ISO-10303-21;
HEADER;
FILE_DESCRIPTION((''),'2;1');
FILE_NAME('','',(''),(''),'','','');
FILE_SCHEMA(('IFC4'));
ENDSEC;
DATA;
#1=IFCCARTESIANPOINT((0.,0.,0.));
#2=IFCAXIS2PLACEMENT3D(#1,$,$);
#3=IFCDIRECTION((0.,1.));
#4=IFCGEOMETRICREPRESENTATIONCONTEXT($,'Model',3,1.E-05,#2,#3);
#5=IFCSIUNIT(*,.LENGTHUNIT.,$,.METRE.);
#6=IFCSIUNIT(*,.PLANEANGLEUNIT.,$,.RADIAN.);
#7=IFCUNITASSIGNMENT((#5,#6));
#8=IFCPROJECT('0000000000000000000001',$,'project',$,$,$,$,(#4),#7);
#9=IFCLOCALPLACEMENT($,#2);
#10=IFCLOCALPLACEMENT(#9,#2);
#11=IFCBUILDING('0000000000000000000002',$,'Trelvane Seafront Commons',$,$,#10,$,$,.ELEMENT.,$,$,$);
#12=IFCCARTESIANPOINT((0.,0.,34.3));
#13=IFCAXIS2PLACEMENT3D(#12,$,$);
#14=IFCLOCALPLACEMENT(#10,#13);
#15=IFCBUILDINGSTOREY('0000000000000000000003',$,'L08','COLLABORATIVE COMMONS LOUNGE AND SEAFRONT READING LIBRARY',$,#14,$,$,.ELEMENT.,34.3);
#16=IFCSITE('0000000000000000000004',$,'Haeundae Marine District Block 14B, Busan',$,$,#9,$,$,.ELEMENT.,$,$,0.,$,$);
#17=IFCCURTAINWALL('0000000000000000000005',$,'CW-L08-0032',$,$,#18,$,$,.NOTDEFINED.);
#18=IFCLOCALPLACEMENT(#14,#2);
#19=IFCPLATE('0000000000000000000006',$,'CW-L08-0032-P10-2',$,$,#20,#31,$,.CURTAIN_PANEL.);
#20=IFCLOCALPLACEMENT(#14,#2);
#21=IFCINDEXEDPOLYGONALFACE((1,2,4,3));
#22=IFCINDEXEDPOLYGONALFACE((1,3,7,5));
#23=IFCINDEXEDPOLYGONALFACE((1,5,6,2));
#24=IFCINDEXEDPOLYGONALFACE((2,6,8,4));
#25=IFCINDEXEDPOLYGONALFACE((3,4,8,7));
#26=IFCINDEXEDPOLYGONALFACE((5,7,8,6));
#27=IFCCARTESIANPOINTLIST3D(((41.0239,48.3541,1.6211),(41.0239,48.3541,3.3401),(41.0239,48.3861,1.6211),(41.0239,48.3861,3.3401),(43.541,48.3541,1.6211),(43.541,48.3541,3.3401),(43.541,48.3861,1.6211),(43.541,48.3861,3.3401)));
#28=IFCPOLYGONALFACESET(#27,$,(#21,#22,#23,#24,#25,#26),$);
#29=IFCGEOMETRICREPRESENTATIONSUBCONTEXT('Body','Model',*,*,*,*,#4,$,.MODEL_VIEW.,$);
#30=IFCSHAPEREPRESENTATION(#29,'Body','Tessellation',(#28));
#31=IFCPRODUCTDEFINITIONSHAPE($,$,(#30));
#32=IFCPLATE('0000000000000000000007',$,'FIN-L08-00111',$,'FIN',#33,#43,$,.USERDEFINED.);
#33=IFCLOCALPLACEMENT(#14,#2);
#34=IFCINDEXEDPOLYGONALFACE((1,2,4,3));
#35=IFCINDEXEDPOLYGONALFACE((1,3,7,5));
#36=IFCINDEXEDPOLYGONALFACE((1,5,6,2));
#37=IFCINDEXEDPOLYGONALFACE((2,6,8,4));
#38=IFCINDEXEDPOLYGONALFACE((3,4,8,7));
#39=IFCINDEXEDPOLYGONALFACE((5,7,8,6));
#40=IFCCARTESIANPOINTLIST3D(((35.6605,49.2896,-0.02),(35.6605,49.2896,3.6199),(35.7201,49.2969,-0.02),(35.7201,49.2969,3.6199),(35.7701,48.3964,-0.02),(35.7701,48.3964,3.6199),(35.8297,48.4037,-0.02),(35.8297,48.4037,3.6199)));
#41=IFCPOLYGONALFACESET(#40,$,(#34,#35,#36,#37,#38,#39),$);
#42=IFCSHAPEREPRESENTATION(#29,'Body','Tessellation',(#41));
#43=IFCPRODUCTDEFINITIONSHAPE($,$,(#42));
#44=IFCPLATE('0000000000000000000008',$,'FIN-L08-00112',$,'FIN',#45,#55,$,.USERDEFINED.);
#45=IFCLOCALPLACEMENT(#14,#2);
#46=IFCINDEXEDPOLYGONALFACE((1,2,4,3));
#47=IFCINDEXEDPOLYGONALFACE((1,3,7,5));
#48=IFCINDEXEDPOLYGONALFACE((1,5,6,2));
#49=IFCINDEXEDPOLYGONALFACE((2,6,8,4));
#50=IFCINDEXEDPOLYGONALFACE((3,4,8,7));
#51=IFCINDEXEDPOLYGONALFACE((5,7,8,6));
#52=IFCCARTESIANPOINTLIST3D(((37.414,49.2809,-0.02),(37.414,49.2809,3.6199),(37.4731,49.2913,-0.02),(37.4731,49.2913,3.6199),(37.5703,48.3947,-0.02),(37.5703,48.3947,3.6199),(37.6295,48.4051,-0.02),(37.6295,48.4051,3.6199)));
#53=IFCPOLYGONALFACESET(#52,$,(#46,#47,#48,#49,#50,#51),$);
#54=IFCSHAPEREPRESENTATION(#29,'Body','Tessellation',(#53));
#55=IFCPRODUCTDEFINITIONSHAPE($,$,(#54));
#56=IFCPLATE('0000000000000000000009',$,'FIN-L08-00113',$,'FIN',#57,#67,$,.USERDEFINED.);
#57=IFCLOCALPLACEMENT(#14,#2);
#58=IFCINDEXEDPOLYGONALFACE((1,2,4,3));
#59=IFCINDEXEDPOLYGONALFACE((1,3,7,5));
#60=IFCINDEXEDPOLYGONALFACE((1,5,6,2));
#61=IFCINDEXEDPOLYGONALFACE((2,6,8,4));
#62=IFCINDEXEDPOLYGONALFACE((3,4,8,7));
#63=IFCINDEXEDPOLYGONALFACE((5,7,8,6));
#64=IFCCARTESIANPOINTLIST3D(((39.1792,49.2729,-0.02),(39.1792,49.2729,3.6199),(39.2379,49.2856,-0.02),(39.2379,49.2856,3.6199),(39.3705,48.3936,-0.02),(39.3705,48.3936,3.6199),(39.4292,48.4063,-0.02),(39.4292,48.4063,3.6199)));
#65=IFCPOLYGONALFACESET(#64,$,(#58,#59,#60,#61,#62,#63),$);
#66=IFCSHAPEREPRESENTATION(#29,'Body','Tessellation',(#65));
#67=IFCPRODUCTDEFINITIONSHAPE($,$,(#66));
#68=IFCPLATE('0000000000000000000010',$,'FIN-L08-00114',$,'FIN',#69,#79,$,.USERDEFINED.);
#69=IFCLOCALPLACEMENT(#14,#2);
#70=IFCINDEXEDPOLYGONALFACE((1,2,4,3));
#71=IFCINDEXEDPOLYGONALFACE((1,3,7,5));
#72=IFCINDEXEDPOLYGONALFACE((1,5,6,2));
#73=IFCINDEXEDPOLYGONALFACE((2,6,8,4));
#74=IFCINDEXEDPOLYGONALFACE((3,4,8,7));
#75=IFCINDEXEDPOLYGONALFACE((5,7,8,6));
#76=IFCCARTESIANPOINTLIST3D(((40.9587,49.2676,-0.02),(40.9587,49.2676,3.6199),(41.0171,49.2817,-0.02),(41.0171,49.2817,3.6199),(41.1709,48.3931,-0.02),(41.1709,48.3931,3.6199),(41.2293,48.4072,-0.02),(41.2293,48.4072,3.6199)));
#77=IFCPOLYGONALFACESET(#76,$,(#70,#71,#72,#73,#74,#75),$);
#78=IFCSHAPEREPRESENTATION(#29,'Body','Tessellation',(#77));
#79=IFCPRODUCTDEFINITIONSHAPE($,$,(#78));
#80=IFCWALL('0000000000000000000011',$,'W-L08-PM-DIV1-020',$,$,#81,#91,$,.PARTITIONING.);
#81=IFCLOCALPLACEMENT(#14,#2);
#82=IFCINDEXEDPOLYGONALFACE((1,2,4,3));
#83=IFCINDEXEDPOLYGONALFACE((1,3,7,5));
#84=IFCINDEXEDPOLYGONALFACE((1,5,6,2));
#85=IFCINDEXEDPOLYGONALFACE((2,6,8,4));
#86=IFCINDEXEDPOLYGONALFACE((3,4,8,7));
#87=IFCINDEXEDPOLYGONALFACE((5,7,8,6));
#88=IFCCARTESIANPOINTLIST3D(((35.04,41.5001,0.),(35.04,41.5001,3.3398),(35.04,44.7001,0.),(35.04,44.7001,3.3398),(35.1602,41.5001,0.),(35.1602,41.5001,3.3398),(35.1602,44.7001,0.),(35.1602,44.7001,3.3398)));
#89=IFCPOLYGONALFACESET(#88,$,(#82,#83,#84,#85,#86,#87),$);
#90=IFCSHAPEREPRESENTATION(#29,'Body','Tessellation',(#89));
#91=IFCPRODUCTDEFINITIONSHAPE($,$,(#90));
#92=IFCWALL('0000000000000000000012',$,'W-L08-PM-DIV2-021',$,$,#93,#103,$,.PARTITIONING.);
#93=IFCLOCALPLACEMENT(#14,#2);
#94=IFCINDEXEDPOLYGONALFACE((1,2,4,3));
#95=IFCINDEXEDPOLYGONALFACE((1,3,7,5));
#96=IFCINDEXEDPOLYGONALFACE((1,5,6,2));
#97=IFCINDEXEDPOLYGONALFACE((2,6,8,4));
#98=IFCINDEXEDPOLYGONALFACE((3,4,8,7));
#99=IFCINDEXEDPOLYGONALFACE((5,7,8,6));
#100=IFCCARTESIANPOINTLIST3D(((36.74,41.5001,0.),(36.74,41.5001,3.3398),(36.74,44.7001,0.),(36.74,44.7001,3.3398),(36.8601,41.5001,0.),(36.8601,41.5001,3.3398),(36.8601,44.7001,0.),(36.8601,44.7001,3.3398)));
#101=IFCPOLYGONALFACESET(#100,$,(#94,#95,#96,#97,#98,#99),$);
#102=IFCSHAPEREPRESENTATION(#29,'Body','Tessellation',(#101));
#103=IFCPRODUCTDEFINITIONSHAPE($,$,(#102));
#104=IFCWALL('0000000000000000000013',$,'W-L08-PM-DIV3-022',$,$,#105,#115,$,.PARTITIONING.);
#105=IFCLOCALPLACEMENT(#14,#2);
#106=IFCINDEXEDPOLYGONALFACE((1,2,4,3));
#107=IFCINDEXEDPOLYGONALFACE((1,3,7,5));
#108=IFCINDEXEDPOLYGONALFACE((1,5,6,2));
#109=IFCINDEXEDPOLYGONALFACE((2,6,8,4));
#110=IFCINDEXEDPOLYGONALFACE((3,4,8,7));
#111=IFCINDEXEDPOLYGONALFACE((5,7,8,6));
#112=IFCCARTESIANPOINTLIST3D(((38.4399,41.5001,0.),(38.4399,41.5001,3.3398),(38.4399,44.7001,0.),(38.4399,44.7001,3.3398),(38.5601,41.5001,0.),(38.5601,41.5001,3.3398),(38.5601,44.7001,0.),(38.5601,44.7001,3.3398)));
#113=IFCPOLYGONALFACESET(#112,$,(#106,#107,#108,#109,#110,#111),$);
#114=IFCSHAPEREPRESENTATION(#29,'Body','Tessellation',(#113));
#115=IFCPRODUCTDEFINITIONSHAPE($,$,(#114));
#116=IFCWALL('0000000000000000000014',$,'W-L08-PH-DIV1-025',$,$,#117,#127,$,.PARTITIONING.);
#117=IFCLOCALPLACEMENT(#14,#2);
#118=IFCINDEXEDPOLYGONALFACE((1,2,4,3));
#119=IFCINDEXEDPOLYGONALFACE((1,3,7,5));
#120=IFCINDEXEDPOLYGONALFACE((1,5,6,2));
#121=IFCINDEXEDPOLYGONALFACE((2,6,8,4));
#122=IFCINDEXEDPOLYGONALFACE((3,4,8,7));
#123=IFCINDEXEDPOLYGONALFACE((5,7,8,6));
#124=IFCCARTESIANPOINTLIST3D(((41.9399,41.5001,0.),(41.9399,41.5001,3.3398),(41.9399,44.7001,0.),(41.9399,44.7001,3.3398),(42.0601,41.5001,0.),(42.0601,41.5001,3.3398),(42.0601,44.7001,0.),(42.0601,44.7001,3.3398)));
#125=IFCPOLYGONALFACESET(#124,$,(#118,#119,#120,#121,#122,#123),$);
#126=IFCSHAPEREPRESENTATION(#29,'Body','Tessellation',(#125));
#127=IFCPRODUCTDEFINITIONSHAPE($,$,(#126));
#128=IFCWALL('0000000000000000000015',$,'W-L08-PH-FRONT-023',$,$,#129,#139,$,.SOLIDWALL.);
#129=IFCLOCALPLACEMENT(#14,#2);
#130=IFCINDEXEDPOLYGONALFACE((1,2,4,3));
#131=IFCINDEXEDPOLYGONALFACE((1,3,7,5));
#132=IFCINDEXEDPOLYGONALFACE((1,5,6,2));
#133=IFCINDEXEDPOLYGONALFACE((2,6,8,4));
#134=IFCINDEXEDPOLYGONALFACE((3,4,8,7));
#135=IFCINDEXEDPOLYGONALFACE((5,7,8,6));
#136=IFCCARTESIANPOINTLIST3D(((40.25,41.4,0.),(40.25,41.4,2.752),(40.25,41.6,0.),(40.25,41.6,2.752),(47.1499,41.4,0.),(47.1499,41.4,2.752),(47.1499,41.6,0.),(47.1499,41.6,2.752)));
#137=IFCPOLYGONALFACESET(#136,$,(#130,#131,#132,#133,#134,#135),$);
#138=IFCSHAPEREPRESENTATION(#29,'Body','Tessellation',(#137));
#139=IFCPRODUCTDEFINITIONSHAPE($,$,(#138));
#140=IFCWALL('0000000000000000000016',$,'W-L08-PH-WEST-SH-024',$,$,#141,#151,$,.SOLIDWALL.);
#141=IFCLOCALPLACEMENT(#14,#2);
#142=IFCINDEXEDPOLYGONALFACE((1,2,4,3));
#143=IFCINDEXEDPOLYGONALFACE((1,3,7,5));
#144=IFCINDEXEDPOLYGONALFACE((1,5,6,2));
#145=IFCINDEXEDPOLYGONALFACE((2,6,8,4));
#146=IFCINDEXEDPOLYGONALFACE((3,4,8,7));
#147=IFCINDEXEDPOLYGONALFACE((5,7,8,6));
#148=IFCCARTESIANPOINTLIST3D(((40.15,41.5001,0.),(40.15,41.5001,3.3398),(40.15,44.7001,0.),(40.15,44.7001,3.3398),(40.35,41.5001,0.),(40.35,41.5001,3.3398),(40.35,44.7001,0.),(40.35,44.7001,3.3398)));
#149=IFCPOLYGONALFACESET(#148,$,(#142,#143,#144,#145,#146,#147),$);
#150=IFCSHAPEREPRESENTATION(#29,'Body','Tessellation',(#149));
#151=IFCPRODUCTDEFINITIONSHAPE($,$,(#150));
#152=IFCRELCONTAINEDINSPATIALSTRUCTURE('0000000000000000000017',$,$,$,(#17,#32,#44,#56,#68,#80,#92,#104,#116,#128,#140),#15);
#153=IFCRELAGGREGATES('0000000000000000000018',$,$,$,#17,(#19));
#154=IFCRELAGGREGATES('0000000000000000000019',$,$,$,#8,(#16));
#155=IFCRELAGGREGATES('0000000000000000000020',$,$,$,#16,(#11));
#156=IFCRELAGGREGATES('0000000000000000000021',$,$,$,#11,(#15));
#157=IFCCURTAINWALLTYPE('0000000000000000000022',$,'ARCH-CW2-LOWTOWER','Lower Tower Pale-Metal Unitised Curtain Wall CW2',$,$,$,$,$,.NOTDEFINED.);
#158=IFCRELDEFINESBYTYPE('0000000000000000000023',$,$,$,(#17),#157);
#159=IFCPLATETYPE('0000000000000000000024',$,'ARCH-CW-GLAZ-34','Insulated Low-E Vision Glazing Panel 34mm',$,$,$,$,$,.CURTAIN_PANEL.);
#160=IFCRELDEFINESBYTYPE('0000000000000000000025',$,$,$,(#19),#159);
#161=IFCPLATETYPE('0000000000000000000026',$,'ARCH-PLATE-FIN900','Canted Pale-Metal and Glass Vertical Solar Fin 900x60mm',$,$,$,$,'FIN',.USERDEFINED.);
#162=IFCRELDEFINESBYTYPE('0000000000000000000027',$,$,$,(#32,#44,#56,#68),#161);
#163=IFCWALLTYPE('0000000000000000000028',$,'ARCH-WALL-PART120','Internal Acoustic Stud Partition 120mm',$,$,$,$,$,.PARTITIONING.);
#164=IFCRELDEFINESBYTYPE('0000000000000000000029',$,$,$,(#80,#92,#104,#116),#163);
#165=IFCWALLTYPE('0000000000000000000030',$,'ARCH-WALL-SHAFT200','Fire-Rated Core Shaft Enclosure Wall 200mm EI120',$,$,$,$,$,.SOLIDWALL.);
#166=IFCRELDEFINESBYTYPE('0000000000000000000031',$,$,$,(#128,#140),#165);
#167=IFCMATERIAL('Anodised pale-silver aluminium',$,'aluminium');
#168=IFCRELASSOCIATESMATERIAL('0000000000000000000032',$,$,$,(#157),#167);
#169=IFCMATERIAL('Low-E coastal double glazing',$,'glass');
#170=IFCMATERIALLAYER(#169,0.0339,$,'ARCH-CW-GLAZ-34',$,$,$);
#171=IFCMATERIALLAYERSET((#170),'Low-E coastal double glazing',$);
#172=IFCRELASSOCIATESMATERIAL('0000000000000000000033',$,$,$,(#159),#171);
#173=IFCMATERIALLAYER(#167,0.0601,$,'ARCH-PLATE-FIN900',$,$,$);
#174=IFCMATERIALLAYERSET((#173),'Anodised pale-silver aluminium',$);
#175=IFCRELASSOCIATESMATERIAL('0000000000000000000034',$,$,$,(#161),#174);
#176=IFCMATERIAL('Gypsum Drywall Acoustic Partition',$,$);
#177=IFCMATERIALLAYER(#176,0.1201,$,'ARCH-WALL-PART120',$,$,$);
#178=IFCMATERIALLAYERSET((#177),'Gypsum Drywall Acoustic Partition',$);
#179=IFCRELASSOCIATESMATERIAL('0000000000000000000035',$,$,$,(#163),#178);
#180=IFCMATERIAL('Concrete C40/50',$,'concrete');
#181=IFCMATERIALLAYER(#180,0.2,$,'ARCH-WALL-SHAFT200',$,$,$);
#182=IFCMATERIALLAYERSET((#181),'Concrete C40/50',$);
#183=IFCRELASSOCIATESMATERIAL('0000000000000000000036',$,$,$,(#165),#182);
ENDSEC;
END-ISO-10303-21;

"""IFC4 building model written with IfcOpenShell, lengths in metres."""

from ifc_helpers import new_model, si_unit, direction, frame, frame_2d, origin, origin_2d, place, context, subcontext, project, spatial, rectangle, extrude, source, transform, mapped, material, layer, layer_set, type_object, element, aggregate, save


model = new_model("IFC4")

# Units and contexts
model_context = context("Model", 3, precision=1e-05, world=origin(), true_north=direction((0.0, 1.0)))
body_context = subcontext(model_context, "Body", "Model", "MODEL_VIEW")
ifc_project = project(units=[si_unit("LENGTHUNIT", "METRE"), si_unit("PLANEANGLEUNIT", "RADIAN")], contexts=[model_context])

# Site, building, storey
site_placement = place(None, origin())
site = spatial("IfcSite", under=ifc_project, at=site_placement, Name="Haeundae Marine District Block 14B, Busan", CompositionType="ELEMENT", RefElevation=0.0)
building_placement = place(site_placement, origin())
building = spatial("IfcBuilding", under=site, at=building_placement, Name="Trelvane Seafront Commons", CompositionType="ELEMENT")
storey_placement = place(building_placement, frame((0.0, 0.0, 34.3)))
storey = spatial("IfcBuildingStorey", under=building, at=storey_placement, Name="L08", Description="COLLABORATIVE COMMONS LOUNGE AND SEAFRONT READING LIBRARY", CompositionType="ELEMENT", Elevation=34.3)

# Curtain wall, plate
ifc_material_1 = material(Name="Anodised pale-silver aluminium", Category="aluminium")
curtain_wall_type = type_object("IfcCurtainWallType", Name="ARCH-CW2-LOWTOWER", Description="Lower Tower Pale-Metal Unitised Curtain Wall CW2", PredefinedType="NOTDEFINED", material=ifc_material_1)
curtain_wall_placement = place(storey_placement, origin())
curtain_wall = element("IfcCurtainWall", 1, at=curtain_wall_placement, inside=storey, type_object=curtain_wall_type, Name="CW-L08-0032", PredefinedType="NOTDEFINED")
ifc_material_2 = material(Name="Low-E coastal double glazing", Category="glass")
ifc_layer_1 = layer(ifc_material_2, 0.0339, Name="ARCH-CW-GLAZ-34")
ifc_layer_set_1 = layer_set([ifc_layer_1], Name="Low-E coastal double glazing")
plate_type_1 = type_object("IfcPlateType", Name="ARCH-CW-GLAZ-34", Description="Insulated Low-E Vision Glazing Panel 34mm", PredefinedType="CURTAIN_PANEL", material=ifc_layer_set_1)
shared_shape_1 = source(origin(), body_context, "Body", "SweptSolid", [
    extrude(rectangle(XDim=2.5171, YDim=0.032, at=origin_2d()), origin(), (0.0, 0.0, 1.0), 1.719),
])
plate_1_placement = place(storey_placement, frame((42.2825, 48.3701, 1.6211), z_axis=(0.0, 0.0, 1.0), x_axis=(1.0, 0.0, 0.0)))
plate_1 = element("IfcPlate", 2, at=plate_1_placement, type_object=plate_type_1, Name="CW-L08-0032-P10-2", PredefinedType="CURTAIN_PANEL", context=body_context, shape_type="MappedRepresentation", body=[
    mapped(shared_shape_1, transform((0.0, 0.0, 0.0), x_axis=(1.0, 0.0, 0.0), y_axis=(0.0, 1.0, 0.0), z_axis=(0.0, 0.0, 1.0), scale=1.0)),
])
aggregate(curtain_wall, [plate_1])

# Plates
ifc_layer_2 = layer(ifc_material_1, 0.0601, Name="ARCH-PLATE-FIN900")
ifc_layer_set_2 = layer_set([ifc_layer_2], Name="Anodised pale-silver aluminium")
plate_type_2 = type_object("IfcPlateType", Name="ARCH-PLATE-FIN900", Description="Canted Pale-Metal and Glass Vertical Solar Fin 900x60mm", ElementType="FIN", PredefinedType="USERDEFINED", material=ifc_layer_set_2)
shared_shape_2 = source(origin(), body_context, "Body", "SweptSolid", [
    extrude(rectangle(XDim=0.8999, YDim=0.0601, at=origin_2d()), origin(), (0.0, 0.0, 1.0), 3.6399),
])
for number, where, z_axis, x_axis, name in (
    (3, (35.7451, 48.8467, -0.02), (0.0, 0.0, 1.0), (-0.121778, 0.992557, 0.0), "FIN-L08-00111"),
    (4, (37.5217, 48.843, -0.02), (0.0, 0.0, 1.0), (-0.173779, 0.984785, 0.0), "FIN-L08-00112"),
    (5, (39.3042, 48.8396, -0.02), (0.0, 0.0, 1.0), (-0.212669, 0.977124, 0.0), "FIN-L08-00113"),
    (6, (41.094, 48.8374, -0.02), (0.0, 0.0, 1.0), (-0.235785, 0.971805, 0.0), "FIN-L08-00114"),
):
    element("IfcPlate", number, at=place(storey_placement, frame(where, z_axis=z_axis, x_axis=x_axis)), inside=storey, type_object=plate_type_2, Name=name, ObjectType="FIN", PredefinedType="USERDEFINED", context=body_context, shape_type="MappedRepresentation", body=[
        mapped(shared_shape_2, transform((0.0, 0.0, 0.0), x_axis=(1.0, 0.0, 0.0), y_axis=(0.0, 1.0, 0.0), z_axis=(0.0, 0.0, 1.0), scale=1.0)),
    ])

# Walls
ifc_material_3 = material(Name="Gypsum Drywall Acoustic Partition")
ifc_layer_3 = layer(ifc_material_3, 0.1201, Name="ARCH-WALL-PART120")
ifc_layer_set_3 = layer_set([ifc_layer_3], Name="Gypsum Drywall Acoustic Partition")
wall_type_1 = type_object("IfcWallType", Name="ARCH-WALL-PART120", Description="Internal Acoustic Stud Partition 120mm", PredefinedType="PARTITIONING", material=ifc_layer_set_3)
for number, where, z_axis, x_axis, name in (
    (7, (35.1001, 41.5, 0.0), (0.0, 0.0, 1.0), (0.0, 1.0, 0.0), "W-L08-PM-DIV1-020"),
    (8, (36.8, 41.5, 0.0), (0.0, 0.0, 1.0), (0.0, 1.0, 0.0), "W-L08-PM-DIV2-021"),
    (9, (38.5, 41.5, 0.0), (0.0, 0.0, 1.0), (0.0, 1.0, 0.0), "W-L08-PM-DIV3-022"),
    (10, (42.0, 41.5, 0.0), (0.0, 0.0, 1.0), (0.0, 1.0, 0.0), "W-L08-PH-DIV1-025"),
):
    element("IfcWall", number, at=place(storey_placement, frame(where, z_axis=z_axis, x_axis=x_axis)), inside=storey, type_object=wall_type_1, Name=name, PredefinedType="PARTITIONING", context=body_context, shape_type="SweptSolid", body=[
        extrude(rectangle(XDim=3.2, YDim=0.1201, at=frame_2d((1.6001, 0.0))), origin(), (0.0, 0.0, 1.0), 3.3398),
    ])

# Walls
ifc_material_4 = material(Name="Concrete C40/50", Category="concrete")
ifc_layer_4 = layer(ifc_material_4, 0.2, Name="ARCH-WALL-SHAFT200")
ifc_layer_set_4 = layer_set([ifc_layer_4], Name="Concrete C40/50")
wall_type_2 = type_object("IfcWallType", Name="ARCH-WALL-SHAFT200", Description="Fire-Rated Core Shaft Enclosure Wall 200mm EI120", PredefinedType="SOLIDWALL", material=ifc_layer_set_4)
wall_1_placement = place(storey_placement, frame((40.25, 41.5, 0.0), z_axis=(0.0, 0.0, 1.0), x_axis=(1.0, 0.0, 0.0)))
element("IfcWall", 11, at=wall_1_placement, inside=storey, type_object=wall_type_2, Name="W-L08-PH-FRONT-023", PredefinedType="SOLIDWALL", context=body_context, shape_type="SweptSolid", body=[
    extrude(rectangle(XDim=6.8999, YDim=0.2, at=frame_2d((3.45, 0.0))), origin(), (0.0, 0.0, 1.0), 2.752),
])
wall_2_placement = place(storey_placement, frame((40.25, 41.5, 0.0), z_axis=(0.0, 0.0, 1.0), x_axis=(0.0, 1.0, 0.0)))
element("IfcWall", 12, at=wall_2_placement, inside=storey, type_object=wall_type_2, Name="W-L08-PH-WEST-SH-024", PredefinedType="SOLIDWALL", context=body_context, shape_type="SweptSolid", body=[
    extrude(rectangle(XDim=3.2, YDim=0.2, at=frame_2d((1.6001, 0.0))), origin(), (0.0, 0.0, 1.0), 3.3398),
])

save(model, "model.ifc")
